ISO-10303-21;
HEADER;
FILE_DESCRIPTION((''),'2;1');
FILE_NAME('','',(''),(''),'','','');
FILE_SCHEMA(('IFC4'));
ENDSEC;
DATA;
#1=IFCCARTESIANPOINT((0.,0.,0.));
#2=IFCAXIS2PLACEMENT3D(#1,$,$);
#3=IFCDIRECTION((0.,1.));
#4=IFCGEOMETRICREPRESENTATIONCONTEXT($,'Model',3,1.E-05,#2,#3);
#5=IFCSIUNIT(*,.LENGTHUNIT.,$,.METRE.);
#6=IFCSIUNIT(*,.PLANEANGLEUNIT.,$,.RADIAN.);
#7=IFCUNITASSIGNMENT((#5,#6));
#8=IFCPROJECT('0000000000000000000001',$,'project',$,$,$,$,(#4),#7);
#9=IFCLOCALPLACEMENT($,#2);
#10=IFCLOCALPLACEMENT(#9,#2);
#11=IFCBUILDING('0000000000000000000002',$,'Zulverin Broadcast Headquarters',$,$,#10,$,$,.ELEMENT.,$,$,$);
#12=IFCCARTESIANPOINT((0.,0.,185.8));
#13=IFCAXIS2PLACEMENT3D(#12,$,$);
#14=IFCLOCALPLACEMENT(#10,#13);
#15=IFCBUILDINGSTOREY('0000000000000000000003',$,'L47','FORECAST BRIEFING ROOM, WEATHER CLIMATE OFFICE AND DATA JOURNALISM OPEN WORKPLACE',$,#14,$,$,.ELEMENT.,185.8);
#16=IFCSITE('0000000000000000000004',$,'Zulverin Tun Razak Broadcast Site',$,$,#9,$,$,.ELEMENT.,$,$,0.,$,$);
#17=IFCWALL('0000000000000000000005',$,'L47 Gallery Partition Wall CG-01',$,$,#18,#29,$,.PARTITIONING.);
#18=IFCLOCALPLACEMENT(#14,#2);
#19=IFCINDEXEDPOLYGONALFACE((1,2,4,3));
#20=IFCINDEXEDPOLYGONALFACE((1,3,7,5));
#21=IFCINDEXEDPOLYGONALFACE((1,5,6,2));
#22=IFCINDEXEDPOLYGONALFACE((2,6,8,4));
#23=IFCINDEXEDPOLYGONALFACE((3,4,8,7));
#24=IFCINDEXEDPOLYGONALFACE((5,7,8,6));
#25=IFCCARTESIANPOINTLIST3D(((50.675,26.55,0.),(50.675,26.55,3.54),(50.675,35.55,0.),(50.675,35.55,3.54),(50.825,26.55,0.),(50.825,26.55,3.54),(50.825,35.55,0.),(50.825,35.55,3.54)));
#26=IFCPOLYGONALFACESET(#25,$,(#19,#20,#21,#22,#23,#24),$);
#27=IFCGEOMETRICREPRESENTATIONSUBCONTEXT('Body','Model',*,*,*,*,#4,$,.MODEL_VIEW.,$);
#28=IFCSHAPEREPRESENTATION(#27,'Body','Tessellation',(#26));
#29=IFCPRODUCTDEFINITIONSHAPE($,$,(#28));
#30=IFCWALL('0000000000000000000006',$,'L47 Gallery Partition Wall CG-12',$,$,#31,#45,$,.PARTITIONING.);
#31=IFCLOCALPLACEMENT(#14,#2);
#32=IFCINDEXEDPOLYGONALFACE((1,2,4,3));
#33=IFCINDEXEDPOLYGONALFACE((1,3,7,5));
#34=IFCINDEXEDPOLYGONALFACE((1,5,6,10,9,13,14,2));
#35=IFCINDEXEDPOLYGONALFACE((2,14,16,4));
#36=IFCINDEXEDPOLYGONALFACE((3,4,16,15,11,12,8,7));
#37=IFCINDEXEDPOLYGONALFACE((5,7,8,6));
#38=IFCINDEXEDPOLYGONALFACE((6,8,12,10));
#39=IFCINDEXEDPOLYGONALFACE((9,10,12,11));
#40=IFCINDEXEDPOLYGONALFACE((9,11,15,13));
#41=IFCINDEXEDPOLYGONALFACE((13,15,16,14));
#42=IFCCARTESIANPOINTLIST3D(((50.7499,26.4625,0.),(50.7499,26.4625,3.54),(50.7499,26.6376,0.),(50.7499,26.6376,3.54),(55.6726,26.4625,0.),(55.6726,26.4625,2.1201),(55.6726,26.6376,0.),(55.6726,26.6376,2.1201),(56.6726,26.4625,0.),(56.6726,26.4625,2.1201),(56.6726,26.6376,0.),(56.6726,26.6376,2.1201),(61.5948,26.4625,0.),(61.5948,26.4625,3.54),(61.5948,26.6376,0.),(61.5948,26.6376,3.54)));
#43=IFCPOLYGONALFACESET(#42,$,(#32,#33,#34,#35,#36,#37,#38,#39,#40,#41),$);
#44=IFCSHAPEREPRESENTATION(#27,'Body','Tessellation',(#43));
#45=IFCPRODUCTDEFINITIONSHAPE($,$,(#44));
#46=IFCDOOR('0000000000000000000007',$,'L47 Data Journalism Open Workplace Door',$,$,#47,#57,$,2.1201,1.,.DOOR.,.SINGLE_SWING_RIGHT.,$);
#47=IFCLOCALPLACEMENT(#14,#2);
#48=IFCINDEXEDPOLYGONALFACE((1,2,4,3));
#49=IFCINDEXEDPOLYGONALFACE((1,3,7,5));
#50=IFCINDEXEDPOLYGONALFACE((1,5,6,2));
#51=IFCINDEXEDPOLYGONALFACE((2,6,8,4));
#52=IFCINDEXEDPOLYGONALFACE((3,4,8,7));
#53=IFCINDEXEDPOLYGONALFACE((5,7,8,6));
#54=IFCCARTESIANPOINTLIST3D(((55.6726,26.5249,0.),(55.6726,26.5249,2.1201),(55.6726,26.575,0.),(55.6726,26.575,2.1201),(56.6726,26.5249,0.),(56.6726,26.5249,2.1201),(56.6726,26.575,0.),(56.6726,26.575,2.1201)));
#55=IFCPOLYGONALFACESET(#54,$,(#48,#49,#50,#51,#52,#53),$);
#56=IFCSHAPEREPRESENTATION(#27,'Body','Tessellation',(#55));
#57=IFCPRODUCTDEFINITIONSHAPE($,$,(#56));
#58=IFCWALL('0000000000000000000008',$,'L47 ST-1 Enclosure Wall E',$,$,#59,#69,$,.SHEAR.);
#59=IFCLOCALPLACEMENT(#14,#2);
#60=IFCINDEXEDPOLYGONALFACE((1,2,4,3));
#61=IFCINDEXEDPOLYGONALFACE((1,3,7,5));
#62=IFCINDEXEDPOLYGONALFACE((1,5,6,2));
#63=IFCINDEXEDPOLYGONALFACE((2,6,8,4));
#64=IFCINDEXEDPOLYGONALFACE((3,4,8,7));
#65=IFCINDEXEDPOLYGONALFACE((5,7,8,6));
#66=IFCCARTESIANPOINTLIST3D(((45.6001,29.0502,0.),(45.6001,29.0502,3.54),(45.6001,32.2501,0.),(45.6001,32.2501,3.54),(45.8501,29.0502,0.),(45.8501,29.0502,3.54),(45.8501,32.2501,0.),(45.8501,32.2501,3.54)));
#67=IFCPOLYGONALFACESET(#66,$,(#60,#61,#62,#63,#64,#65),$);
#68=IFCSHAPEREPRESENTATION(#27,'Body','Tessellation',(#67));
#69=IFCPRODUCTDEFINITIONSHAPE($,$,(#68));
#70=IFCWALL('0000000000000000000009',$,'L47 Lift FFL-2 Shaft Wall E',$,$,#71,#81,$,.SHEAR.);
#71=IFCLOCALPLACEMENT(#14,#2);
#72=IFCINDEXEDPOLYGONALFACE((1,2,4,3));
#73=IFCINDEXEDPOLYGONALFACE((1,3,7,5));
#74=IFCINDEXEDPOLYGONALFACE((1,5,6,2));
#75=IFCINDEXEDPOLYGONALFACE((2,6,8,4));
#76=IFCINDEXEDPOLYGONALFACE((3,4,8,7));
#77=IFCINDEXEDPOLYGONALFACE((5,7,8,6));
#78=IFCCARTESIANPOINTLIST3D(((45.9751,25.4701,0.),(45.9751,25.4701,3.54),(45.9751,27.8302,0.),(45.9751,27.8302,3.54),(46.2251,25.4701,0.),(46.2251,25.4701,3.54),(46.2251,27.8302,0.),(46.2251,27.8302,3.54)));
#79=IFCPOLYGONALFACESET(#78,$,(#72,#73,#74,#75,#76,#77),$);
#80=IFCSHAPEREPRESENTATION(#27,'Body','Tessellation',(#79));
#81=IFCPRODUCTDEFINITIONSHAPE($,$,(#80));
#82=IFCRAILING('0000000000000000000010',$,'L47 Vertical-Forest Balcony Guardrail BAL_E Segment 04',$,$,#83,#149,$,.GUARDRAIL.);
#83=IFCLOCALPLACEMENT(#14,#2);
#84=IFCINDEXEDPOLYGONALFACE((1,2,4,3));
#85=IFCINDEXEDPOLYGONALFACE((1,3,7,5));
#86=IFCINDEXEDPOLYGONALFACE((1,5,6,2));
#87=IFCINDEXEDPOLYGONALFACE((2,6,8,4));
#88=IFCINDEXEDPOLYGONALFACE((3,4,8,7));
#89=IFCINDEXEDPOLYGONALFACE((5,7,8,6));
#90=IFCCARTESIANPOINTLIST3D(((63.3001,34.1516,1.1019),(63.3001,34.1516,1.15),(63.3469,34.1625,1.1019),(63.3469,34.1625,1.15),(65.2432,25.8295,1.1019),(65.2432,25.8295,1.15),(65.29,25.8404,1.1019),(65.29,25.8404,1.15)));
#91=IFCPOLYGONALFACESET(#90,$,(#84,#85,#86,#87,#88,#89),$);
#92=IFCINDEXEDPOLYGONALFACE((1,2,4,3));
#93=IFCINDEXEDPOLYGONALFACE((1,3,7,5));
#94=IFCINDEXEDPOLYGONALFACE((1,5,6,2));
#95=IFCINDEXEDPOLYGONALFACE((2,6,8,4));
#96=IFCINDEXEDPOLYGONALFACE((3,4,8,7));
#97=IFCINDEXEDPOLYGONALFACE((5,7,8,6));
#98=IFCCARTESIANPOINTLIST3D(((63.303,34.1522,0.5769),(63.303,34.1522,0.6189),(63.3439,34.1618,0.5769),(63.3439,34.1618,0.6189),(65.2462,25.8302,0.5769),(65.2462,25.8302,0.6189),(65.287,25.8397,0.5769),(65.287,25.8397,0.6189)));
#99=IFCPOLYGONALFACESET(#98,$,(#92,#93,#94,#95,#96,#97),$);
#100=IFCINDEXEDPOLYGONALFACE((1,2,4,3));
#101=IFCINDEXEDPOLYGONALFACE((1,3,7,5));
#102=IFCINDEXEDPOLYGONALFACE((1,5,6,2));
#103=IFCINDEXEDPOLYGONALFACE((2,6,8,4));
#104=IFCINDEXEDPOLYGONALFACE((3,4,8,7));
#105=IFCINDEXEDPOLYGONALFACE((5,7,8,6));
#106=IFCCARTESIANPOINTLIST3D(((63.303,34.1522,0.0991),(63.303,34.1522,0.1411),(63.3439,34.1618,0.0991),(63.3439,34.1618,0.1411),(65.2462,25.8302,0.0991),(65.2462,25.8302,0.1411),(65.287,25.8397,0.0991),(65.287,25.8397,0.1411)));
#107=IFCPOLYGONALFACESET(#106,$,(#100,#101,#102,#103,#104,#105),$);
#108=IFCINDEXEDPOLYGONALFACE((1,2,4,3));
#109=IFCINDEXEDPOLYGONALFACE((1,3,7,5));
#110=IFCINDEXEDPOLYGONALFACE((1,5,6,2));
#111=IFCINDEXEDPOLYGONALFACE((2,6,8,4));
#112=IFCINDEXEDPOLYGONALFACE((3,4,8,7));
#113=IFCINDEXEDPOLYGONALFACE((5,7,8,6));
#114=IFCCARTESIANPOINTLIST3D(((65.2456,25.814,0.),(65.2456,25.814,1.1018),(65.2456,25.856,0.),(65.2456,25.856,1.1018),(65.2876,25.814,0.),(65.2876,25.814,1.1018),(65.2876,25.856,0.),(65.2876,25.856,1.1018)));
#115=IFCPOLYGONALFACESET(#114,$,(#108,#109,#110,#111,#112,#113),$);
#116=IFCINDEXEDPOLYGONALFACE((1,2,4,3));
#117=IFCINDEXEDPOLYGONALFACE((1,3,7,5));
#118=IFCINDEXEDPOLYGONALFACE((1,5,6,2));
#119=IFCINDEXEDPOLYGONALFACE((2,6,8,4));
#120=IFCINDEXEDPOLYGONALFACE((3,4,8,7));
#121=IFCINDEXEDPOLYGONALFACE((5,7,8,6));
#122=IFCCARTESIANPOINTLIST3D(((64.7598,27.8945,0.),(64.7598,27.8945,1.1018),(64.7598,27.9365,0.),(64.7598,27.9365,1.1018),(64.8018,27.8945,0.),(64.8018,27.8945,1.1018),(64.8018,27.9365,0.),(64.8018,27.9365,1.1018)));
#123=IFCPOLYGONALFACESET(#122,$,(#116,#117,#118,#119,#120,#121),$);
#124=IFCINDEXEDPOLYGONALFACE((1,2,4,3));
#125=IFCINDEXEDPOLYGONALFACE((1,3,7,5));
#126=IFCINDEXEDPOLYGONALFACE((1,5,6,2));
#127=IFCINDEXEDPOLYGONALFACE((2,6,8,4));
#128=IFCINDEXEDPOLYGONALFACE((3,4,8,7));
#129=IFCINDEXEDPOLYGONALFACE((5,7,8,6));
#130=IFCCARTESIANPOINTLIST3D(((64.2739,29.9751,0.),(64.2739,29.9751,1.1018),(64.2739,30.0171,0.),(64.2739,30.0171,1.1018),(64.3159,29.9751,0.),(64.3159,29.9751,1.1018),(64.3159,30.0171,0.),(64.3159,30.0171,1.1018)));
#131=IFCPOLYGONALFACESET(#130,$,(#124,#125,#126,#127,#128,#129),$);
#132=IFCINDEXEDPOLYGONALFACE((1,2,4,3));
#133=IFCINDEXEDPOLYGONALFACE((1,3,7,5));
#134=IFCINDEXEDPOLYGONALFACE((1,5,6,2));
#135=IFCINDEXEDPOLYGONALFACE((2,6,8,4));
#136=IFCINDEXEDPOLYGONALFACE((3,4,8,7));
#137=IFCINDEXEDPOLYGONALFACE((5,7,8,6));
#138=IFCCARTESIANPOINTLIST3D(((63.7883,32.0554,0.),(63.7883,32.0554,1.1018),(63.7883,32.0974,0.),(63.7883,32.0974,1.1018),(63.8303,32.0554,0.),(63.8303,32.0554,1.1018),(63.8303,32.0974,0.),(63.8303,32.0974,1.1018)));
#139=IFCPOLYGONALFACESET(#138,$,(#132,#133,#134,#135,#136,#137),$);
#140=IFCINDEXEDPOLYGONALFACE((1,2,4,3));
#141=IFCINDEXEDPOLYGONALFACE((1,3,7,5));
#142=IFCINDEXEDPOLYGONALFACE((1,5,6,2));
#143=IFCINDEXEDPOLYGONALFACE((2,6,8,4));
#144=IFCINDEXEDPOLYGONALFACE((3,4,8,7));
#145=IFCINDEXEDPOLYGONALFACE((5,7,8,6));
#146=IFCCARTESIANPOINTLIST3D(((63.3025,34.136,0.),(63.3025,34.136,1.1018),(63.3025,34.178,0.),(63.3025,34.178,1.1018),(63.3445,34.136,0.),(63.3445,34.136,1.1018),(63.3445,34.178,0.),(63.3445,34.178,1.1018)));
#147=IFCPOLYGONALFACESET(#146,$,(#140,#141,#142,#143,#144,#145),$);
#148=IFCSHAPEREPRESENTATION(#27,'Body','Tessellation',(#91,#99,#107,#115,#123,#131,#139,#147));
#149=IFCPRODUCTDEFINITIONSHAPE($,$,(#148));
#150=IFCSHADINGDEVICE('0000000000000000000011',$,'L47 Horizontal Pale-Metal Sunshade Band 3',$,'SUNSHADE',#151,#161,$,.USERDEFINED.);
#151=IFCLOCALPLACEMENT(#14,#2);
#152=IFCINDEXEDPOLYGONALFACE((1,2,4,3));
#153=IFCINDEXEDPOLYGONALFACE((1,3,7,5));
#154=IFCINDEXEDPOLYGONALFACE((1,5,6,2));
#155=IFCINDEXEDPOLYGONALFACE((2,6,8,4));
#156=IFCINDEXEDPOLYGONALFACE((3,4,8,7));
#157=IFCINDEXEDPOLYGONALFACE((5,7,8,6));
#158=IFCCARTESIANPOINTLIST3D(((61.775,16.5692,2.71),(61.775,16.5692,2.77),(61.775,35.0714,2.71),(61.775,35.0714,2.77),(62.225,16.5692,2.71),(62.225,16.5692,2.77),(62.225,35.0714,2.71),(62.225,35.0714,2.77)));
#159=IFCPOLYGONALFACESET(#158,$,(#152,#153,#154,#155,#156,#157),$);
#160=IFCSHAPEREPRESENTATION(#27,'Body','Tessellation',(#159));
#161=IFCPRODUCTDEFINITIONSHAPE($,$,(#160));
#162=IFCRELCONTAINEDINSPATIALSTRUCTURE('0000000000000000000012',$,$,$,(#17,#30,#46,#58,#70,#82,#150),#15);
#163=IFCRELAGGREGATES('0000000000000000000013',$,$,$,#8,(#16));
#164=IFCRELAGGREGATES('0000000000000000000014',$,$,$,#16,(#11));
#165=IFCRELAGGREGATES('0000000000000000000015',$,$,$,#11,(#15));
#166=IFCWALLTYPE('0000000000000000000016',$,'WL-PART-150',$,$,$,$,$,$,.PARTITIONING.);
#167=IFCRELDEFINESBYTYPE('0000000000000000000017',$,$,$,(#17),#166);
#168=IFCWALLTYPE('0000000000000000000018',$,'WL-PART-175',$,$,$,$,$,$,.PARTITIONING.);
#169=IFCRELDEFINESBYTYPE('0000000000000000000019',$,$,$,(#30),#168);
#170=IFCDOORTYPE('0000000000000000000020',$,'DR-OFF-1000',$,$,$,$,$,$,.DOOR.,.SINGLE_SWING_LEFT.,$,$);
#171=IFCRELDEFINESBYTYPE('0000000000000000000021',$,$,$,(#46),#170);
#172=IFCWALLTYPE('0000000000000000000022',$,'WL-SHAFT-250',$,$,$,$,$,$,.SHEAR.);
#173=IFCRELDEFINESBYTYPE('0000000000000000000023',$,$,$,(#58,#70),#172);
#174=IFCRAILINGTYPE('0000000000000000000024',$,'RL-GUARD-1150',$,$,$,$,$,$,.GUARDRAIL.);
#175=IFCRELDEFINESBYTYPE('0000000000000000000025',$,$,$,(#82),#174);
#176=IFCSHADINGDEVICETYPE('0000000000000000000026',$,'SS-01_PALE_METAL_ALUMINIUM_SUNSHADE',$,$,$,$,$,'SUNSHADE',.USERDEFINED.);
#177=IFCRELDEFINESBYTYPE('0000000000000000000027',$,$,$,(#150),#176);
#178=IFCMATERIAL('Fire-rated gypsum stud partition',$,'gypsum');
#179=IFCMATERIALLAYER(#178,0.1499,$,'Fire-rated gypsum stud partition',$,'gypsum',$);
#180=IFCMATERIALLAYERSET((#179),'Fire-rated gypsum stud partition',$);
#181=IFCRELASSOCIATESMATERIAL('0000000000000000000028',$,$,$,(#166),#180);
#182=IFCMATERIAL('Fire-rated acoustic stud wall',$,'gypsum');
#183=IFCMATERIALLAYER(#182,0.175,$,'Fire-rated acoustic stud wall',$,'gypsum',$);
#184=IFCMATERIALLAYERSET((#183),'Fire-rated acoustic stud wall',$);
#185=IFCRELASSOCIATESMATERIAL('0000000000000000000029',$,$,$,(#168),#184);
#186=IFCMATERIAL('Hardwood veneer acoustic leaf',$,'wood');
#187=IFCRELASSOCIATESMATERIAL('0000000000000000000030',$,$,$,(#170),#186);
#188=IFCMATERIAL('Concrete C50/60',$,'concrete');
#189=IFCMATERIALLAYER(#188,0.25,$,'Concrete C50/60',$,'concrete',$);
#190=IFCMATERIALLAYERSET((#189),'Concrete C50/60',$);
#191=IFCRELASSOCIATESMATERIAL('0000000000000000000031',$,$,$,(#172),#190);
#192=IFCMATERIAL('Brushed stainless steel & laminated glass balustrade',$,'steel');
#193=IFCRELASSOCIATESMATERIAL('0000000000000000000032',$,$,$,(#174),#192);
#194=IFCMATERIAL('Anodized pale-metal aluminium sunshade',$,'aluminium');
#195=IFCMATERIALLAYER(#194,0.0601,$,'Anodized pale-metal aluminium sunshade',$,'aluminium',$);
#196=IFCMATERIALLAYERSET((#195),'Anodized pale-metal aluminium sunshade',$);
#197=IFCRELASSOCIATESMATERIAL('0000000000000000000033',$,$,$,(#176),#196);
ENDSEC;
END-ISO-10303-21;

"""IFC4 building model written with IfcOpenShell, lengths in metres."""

from ifc_helpers import new_model, si_unit, direction, frame, frame_2d, origin, origin_2d, place, context, subcontext, project, spatial, rectangle, extrude, material, layer, layer_set, type_object, element, fill, save


model = new_model("IFC4")

# Units and contexts
model_context = context("Model", 3, precision=1e-05, world=origin(), true_north=direction((0.0, 1.0)))
body_context = subcontext(model_context, "Body", "Model", "MODEL_VIEW")
ifc_project = project(units=[si_unit("LENGTHUNIT", "METRE"), si_unit("PLANEANGLEUNIT", "RADIAN")], contexts=[model_context])

# Site, building, storey
site_placement = place(None, origin())
site = spatial("IfcSite", under=ifc_project, at=site_placement, Name="Zulverin Tun Razak Broadcast Site", CompositionType="ELEMENT", RefElevation=0.0)
building_placement = place(site_placement, origin())
building = spatial("IfcBuilding", under=site, at=building_placement, Name="Zulverin Broadcast Headquarters", CompositionType="ELEMENT")
storey_placement = place(building_placement, frame((0.0, 0.0, 185.8)))
storey = spatial("IfcBuildingStorey", under=building, at=storey_placement, Name="L47", Description="FORECAST BRIEFING ROOM, WEATHER CLIMATE OFFICE AND DATA JOURNALISM OPEN WORKPLACE", CompositionType="ELEMENT", Elevation=185.8)

# Shared definitions
ifc_material_1 = material(Name="Concrete C50/60", Category="concrete")

# Wall
ifc_material_2 = material(Name="Fire-rated gypsum stud partition", Category="gypsum")
ifc_layer_1 = layer(ifc_material_2, 0.1499, Name="Fire-rated gypsum stud partition", Category="gypsum")
ifc_layer_set_1 = layer_set([ifc_layer_1], Name="Fire-rated gypsum stud partition")
wall_type_1 = type_object("IfcWallType", Name="WL-PART-150", PredefinedType="PARTITIONING", material=ifc_layer_set_1)
wall_1_placement = place(storey_placement, frame((50.75, 26.55, 0.0), z_axis=(0.0, 0.0, 1.0), x_axis=(0.0, 1.0, 0.0)))
element("IfcWall", 1, at=wall_1_placement, inside=storey, type_object=wall_type_1, Name="L47 Gallery Partition Wall CG-01", PredefinedType="PARTITIONING", context=body_context, shape_type="SweptSolid", body=[
    extrude(rectangle(XDim=9.0, YDim=0.1499, at=frame_2d((4.5, 0.0))), origin(), (0.0, 0.0, 1.0), 3.54),
])

# Wall, opening, door
ifc_material_3 = material(Name="Fire-rated acoustic stud wall", Category="gypsum")
ifc_layer_2 = layer(ifc_material_3, 0.175, Name="Fire-rated acoustic stud wall", Category="gypsum")
ifc_layer_set_2 = layer_set([ifc_layer_2], Name="Fire-rated acoustic stud wall")
wall_type_2 = type_object("IfcWallType", Name="WL-PART-175", PredefinedType="PARTITIONING", material=ifc_layer_set_2)
wall_2_placement = place(storey_placement, frame((50.75, 26.55, 0.0), z_axis=(0.0, 0.0, 1.0), x_axis=(1.0, 0.0, 0.0)))
wall_2 = element("IfcWall", 2, at=wall_2_placement, inside=storey, type_object=wall_type_2, Name="L47 Gallery Partition Wall CG-12", PredefinedType="PARTITIONING", context=body_context, shape_type="SweptSolid", body=[
    extrude(rectangle(XDim=10.845, YDim=0.175, at=frame_2d((5.4224, 0.0))), origin(), (0.0, 0.0, 1.0), 3.54),
])
opening_placement = place(wall_2_placement, frame((4.9226, 0.0, 0.0)))
opening = element("IfcOpeningElement", 3, at=opening_placement, cuts=wall_2, PredefinedType="OPENING", context=body_context, shape_type="SweptSolid", body=[
    extrude(rectangle(XDim=1.0, YDim=2.1201, at=frame_2d((0.5, 1.0601))), frame((0.0, 0.0974, 0.0), z_axis=(0.0, -1.0, 0.0), x_axis=(1.0, 0.0, 0.0)), (0.0, 0.0, 1.0), 0.1951),
])
ifc_material_4 = material(Name="Hardwood veneer acoustic leaf", Category="wood")
door_type = type_object("IfcDoorType", Name="DR-OFF-1000", OperationType="SINGLE_SWING_LEFT", PredefinedType="DOOR", material=ifc_material_4)
door_placement = place(opening_placement, origin())
door = element("IfcDoor", 4, at=door_placement, inside=storey, type_object=door_type, Name="L47 Data Journalism Open Workplace Door", OperationType="SINGLE_SWING_RIGHT", OverallHeight=2.1201, OverallWidth=1.0, PredefinedType="DOOR", context=body_context, shape_type="SweptSolid", body=[
    extrude(rectangle(XDim=1.0, YDim=2.1201, at=frame_2d((0.5, 1.0601))), frame((0.0, 0.0249, 0.0), z_axis=(0.0, -1.0, 0.0), x_axis=(1.0, 0.0, 0.0)), (0.0, 0.0, 1.0), 0.05),
])
fill(opening, door)

# Walls
ifc_layer_3 = layer(ifc_material_1, 0.25, Name="Concrete C50/60", Category="concrete")
ifc_layer_set_3 = layer_set([ifc_layer_3], Name="Concrete C50/60")
wall_type_3 = type_object("IfcWallType", Name="WL-SHAFT-250", PredefinedType="SHEAR", material=ifc_layer_set_3)
wall_3_placement = place(storey_placement, frame((45.7251, 29.05, 0.0), z_axis=(0.0, 0.0, 1.0), x_axis=(0.0, 1.0, 0.0)))
element("IfcWall", 5, at=wall_3_placement, inside=storey, type_object=wall_type_3, Name="L47 ST-1 Enclosure Wall E", PredefinedType="SHEAR", context=body_context, shape_type="SweptSolid", body=[
    extrude(rectangle(XDim=3.2, YDim=0.25, at=frame_2d((1.6001, 0.0))), origin(), (0.0, 0.0, 1.0), 3.54),
])
wall_4_placement = place(storey_placement, frame((46.1001, 25.47, 0.0), z_axis=(0.0, 0.0, 1.0), x_axis=(0.0, 1.0, 0.0)))
element("IfcWall", 6, at=wall_4_placement, inside=storey, type_object=wall_type_3, Name="L47 Lift FFL-2 Shaft Wall E", PredefinedType="SHEAR", context=body_context, shape_type="SweptSolid", body=[
    extrude(rectangle(XDim=2.3601, YDim=0.25, at=frame_2d((1.1802, 0.0))), origin(), (0.0, 0.0, 1.0), 3.54),
])

# Railing
ifc_material_5 = material(Name="Brushed stainless steel & laminated glass balustrade", Category="steel")
railing_type = type_object("IfcRailingType", Name="RL-GUARD-1150", PredefinedType="GUARDRAIL", material=ifc_material_5)
railing_placement = place(storey_placement, frame((65.2666, 25.835, 0.0)))
element("IfcRailing", 7, at=railing_placement, inside=storey, type_object=railing_type, Name="L47 Vertical-Forest Balcony Guardrail BAL_E Segment 04", PredefinedType="GUARDRAIL", context=body_context, shape_type="SweptSolid", body=[
    extrude(rectangle(XDim=0.0481, YDim=0.0481, at=origin_2d()), frame((0.0, 0.0, 1.126), z_axis=(-0.227375, 0.973807, 0.0), x_axis=(-0.973807, -0.227375, 0.0)), (0.0, 0.0, 1.0), 8.5459),
    extrude(rectangle(XDim=0.042, YDim=0.042, at=origin_2d()), frame((0.0, 0.0, 0.5979), z_axis=(-0.227375, 0.973807, 0.0), x_axis=(-0.973807, -0.227375, 0.0)), (0.0, 0.0, 1.0), 8.5459),
    extrude(rectangle(XDim=0.042, YDim=0.042, at=origin_2d()), frame((0.0, 0.0, 0.1201), z_axis=(-0.227375, 0.973807, 0.0), x_axis=(-0.973807, -0.227375, 0.0)), (0.0, 0.0, 1.0), 8.5459),
    extrude(rectangle(XDim=0.042, YDim=0.042, at=origin_2d()), origin(), (0.0, 0.0, 1.0), 1.1018),
    extrude(rectangle(XDim=0.042, YDim=0.042, at=origin_2d()), frame((-0.4858, 2.0806, 0.0)), (0.0, 0.0, 1.0), 1.1018),
    extrude(rectangle(XDim=0.042, YDim=0.042, at=origin_2d()), frame((-0.9717, 4.1611, 0.0)), (0.0, 0.0, 1.0), 1.1018),
    extrude(rectangle(XDim=0.042, YDim=0.042, at=origin_2d()), frame((-1.4573, 6.2415, 0.0)), (0.0, 0.0, 1.0), 1.1018),
    extrude(rectangle(XDim=0.042, YDim=0.042, at=origin_2d()), frame((-1.9431, 8.322, 0.0)), (0.0, 0.0, 1.0), 1.1018),
])

# Shading device
ifc_material_6 = material(Name="Anodized pale-metal aluminium sunshade", Category="aluminium")
ifc_layer_4 = layer(ifc_material_6, 0.0601, Name="Anodized pale-metal aluminium sunshade", Category="aluminium")
ifc_layer_set_4 = layer_set([ifc_layer_4], Name="Anodized pale-metal aluminium sunshade")
shading_device_type = type_object("IfcShadingDeviceType", Name="SS-01_PALE_METAL_ALUMINIUM_SUNSHADE", ElementType="SUNSHADE", PredefinedType="USERDEFINED", material=ifc_layer_set_4)
shading_device_placement = place(storey_placement, frame((62.0, 25.8203, 2.71), z_axis=(0.0, 0.0, 1.0), x_axis=(0.0, 1.0, 0.0)))
element("IfcShadingDevice", 8, at=shading_device_placement, inside=storey, type_object=shading_device_type, Name="L47 Horizontal Pale-Metal Sunshade Band 3", ObjectType="SUNSHADE", PredefinedType="USERDEFINED", context=body_context, shape_type="SweptSolid", body=[
    extrude(rectangle(XDim=18.5022, YDim=0.45, at=origin_2d()), origin(), (0.0, 0.0, 1.0), 0.0601),
])

save(model, "model.ifc")
